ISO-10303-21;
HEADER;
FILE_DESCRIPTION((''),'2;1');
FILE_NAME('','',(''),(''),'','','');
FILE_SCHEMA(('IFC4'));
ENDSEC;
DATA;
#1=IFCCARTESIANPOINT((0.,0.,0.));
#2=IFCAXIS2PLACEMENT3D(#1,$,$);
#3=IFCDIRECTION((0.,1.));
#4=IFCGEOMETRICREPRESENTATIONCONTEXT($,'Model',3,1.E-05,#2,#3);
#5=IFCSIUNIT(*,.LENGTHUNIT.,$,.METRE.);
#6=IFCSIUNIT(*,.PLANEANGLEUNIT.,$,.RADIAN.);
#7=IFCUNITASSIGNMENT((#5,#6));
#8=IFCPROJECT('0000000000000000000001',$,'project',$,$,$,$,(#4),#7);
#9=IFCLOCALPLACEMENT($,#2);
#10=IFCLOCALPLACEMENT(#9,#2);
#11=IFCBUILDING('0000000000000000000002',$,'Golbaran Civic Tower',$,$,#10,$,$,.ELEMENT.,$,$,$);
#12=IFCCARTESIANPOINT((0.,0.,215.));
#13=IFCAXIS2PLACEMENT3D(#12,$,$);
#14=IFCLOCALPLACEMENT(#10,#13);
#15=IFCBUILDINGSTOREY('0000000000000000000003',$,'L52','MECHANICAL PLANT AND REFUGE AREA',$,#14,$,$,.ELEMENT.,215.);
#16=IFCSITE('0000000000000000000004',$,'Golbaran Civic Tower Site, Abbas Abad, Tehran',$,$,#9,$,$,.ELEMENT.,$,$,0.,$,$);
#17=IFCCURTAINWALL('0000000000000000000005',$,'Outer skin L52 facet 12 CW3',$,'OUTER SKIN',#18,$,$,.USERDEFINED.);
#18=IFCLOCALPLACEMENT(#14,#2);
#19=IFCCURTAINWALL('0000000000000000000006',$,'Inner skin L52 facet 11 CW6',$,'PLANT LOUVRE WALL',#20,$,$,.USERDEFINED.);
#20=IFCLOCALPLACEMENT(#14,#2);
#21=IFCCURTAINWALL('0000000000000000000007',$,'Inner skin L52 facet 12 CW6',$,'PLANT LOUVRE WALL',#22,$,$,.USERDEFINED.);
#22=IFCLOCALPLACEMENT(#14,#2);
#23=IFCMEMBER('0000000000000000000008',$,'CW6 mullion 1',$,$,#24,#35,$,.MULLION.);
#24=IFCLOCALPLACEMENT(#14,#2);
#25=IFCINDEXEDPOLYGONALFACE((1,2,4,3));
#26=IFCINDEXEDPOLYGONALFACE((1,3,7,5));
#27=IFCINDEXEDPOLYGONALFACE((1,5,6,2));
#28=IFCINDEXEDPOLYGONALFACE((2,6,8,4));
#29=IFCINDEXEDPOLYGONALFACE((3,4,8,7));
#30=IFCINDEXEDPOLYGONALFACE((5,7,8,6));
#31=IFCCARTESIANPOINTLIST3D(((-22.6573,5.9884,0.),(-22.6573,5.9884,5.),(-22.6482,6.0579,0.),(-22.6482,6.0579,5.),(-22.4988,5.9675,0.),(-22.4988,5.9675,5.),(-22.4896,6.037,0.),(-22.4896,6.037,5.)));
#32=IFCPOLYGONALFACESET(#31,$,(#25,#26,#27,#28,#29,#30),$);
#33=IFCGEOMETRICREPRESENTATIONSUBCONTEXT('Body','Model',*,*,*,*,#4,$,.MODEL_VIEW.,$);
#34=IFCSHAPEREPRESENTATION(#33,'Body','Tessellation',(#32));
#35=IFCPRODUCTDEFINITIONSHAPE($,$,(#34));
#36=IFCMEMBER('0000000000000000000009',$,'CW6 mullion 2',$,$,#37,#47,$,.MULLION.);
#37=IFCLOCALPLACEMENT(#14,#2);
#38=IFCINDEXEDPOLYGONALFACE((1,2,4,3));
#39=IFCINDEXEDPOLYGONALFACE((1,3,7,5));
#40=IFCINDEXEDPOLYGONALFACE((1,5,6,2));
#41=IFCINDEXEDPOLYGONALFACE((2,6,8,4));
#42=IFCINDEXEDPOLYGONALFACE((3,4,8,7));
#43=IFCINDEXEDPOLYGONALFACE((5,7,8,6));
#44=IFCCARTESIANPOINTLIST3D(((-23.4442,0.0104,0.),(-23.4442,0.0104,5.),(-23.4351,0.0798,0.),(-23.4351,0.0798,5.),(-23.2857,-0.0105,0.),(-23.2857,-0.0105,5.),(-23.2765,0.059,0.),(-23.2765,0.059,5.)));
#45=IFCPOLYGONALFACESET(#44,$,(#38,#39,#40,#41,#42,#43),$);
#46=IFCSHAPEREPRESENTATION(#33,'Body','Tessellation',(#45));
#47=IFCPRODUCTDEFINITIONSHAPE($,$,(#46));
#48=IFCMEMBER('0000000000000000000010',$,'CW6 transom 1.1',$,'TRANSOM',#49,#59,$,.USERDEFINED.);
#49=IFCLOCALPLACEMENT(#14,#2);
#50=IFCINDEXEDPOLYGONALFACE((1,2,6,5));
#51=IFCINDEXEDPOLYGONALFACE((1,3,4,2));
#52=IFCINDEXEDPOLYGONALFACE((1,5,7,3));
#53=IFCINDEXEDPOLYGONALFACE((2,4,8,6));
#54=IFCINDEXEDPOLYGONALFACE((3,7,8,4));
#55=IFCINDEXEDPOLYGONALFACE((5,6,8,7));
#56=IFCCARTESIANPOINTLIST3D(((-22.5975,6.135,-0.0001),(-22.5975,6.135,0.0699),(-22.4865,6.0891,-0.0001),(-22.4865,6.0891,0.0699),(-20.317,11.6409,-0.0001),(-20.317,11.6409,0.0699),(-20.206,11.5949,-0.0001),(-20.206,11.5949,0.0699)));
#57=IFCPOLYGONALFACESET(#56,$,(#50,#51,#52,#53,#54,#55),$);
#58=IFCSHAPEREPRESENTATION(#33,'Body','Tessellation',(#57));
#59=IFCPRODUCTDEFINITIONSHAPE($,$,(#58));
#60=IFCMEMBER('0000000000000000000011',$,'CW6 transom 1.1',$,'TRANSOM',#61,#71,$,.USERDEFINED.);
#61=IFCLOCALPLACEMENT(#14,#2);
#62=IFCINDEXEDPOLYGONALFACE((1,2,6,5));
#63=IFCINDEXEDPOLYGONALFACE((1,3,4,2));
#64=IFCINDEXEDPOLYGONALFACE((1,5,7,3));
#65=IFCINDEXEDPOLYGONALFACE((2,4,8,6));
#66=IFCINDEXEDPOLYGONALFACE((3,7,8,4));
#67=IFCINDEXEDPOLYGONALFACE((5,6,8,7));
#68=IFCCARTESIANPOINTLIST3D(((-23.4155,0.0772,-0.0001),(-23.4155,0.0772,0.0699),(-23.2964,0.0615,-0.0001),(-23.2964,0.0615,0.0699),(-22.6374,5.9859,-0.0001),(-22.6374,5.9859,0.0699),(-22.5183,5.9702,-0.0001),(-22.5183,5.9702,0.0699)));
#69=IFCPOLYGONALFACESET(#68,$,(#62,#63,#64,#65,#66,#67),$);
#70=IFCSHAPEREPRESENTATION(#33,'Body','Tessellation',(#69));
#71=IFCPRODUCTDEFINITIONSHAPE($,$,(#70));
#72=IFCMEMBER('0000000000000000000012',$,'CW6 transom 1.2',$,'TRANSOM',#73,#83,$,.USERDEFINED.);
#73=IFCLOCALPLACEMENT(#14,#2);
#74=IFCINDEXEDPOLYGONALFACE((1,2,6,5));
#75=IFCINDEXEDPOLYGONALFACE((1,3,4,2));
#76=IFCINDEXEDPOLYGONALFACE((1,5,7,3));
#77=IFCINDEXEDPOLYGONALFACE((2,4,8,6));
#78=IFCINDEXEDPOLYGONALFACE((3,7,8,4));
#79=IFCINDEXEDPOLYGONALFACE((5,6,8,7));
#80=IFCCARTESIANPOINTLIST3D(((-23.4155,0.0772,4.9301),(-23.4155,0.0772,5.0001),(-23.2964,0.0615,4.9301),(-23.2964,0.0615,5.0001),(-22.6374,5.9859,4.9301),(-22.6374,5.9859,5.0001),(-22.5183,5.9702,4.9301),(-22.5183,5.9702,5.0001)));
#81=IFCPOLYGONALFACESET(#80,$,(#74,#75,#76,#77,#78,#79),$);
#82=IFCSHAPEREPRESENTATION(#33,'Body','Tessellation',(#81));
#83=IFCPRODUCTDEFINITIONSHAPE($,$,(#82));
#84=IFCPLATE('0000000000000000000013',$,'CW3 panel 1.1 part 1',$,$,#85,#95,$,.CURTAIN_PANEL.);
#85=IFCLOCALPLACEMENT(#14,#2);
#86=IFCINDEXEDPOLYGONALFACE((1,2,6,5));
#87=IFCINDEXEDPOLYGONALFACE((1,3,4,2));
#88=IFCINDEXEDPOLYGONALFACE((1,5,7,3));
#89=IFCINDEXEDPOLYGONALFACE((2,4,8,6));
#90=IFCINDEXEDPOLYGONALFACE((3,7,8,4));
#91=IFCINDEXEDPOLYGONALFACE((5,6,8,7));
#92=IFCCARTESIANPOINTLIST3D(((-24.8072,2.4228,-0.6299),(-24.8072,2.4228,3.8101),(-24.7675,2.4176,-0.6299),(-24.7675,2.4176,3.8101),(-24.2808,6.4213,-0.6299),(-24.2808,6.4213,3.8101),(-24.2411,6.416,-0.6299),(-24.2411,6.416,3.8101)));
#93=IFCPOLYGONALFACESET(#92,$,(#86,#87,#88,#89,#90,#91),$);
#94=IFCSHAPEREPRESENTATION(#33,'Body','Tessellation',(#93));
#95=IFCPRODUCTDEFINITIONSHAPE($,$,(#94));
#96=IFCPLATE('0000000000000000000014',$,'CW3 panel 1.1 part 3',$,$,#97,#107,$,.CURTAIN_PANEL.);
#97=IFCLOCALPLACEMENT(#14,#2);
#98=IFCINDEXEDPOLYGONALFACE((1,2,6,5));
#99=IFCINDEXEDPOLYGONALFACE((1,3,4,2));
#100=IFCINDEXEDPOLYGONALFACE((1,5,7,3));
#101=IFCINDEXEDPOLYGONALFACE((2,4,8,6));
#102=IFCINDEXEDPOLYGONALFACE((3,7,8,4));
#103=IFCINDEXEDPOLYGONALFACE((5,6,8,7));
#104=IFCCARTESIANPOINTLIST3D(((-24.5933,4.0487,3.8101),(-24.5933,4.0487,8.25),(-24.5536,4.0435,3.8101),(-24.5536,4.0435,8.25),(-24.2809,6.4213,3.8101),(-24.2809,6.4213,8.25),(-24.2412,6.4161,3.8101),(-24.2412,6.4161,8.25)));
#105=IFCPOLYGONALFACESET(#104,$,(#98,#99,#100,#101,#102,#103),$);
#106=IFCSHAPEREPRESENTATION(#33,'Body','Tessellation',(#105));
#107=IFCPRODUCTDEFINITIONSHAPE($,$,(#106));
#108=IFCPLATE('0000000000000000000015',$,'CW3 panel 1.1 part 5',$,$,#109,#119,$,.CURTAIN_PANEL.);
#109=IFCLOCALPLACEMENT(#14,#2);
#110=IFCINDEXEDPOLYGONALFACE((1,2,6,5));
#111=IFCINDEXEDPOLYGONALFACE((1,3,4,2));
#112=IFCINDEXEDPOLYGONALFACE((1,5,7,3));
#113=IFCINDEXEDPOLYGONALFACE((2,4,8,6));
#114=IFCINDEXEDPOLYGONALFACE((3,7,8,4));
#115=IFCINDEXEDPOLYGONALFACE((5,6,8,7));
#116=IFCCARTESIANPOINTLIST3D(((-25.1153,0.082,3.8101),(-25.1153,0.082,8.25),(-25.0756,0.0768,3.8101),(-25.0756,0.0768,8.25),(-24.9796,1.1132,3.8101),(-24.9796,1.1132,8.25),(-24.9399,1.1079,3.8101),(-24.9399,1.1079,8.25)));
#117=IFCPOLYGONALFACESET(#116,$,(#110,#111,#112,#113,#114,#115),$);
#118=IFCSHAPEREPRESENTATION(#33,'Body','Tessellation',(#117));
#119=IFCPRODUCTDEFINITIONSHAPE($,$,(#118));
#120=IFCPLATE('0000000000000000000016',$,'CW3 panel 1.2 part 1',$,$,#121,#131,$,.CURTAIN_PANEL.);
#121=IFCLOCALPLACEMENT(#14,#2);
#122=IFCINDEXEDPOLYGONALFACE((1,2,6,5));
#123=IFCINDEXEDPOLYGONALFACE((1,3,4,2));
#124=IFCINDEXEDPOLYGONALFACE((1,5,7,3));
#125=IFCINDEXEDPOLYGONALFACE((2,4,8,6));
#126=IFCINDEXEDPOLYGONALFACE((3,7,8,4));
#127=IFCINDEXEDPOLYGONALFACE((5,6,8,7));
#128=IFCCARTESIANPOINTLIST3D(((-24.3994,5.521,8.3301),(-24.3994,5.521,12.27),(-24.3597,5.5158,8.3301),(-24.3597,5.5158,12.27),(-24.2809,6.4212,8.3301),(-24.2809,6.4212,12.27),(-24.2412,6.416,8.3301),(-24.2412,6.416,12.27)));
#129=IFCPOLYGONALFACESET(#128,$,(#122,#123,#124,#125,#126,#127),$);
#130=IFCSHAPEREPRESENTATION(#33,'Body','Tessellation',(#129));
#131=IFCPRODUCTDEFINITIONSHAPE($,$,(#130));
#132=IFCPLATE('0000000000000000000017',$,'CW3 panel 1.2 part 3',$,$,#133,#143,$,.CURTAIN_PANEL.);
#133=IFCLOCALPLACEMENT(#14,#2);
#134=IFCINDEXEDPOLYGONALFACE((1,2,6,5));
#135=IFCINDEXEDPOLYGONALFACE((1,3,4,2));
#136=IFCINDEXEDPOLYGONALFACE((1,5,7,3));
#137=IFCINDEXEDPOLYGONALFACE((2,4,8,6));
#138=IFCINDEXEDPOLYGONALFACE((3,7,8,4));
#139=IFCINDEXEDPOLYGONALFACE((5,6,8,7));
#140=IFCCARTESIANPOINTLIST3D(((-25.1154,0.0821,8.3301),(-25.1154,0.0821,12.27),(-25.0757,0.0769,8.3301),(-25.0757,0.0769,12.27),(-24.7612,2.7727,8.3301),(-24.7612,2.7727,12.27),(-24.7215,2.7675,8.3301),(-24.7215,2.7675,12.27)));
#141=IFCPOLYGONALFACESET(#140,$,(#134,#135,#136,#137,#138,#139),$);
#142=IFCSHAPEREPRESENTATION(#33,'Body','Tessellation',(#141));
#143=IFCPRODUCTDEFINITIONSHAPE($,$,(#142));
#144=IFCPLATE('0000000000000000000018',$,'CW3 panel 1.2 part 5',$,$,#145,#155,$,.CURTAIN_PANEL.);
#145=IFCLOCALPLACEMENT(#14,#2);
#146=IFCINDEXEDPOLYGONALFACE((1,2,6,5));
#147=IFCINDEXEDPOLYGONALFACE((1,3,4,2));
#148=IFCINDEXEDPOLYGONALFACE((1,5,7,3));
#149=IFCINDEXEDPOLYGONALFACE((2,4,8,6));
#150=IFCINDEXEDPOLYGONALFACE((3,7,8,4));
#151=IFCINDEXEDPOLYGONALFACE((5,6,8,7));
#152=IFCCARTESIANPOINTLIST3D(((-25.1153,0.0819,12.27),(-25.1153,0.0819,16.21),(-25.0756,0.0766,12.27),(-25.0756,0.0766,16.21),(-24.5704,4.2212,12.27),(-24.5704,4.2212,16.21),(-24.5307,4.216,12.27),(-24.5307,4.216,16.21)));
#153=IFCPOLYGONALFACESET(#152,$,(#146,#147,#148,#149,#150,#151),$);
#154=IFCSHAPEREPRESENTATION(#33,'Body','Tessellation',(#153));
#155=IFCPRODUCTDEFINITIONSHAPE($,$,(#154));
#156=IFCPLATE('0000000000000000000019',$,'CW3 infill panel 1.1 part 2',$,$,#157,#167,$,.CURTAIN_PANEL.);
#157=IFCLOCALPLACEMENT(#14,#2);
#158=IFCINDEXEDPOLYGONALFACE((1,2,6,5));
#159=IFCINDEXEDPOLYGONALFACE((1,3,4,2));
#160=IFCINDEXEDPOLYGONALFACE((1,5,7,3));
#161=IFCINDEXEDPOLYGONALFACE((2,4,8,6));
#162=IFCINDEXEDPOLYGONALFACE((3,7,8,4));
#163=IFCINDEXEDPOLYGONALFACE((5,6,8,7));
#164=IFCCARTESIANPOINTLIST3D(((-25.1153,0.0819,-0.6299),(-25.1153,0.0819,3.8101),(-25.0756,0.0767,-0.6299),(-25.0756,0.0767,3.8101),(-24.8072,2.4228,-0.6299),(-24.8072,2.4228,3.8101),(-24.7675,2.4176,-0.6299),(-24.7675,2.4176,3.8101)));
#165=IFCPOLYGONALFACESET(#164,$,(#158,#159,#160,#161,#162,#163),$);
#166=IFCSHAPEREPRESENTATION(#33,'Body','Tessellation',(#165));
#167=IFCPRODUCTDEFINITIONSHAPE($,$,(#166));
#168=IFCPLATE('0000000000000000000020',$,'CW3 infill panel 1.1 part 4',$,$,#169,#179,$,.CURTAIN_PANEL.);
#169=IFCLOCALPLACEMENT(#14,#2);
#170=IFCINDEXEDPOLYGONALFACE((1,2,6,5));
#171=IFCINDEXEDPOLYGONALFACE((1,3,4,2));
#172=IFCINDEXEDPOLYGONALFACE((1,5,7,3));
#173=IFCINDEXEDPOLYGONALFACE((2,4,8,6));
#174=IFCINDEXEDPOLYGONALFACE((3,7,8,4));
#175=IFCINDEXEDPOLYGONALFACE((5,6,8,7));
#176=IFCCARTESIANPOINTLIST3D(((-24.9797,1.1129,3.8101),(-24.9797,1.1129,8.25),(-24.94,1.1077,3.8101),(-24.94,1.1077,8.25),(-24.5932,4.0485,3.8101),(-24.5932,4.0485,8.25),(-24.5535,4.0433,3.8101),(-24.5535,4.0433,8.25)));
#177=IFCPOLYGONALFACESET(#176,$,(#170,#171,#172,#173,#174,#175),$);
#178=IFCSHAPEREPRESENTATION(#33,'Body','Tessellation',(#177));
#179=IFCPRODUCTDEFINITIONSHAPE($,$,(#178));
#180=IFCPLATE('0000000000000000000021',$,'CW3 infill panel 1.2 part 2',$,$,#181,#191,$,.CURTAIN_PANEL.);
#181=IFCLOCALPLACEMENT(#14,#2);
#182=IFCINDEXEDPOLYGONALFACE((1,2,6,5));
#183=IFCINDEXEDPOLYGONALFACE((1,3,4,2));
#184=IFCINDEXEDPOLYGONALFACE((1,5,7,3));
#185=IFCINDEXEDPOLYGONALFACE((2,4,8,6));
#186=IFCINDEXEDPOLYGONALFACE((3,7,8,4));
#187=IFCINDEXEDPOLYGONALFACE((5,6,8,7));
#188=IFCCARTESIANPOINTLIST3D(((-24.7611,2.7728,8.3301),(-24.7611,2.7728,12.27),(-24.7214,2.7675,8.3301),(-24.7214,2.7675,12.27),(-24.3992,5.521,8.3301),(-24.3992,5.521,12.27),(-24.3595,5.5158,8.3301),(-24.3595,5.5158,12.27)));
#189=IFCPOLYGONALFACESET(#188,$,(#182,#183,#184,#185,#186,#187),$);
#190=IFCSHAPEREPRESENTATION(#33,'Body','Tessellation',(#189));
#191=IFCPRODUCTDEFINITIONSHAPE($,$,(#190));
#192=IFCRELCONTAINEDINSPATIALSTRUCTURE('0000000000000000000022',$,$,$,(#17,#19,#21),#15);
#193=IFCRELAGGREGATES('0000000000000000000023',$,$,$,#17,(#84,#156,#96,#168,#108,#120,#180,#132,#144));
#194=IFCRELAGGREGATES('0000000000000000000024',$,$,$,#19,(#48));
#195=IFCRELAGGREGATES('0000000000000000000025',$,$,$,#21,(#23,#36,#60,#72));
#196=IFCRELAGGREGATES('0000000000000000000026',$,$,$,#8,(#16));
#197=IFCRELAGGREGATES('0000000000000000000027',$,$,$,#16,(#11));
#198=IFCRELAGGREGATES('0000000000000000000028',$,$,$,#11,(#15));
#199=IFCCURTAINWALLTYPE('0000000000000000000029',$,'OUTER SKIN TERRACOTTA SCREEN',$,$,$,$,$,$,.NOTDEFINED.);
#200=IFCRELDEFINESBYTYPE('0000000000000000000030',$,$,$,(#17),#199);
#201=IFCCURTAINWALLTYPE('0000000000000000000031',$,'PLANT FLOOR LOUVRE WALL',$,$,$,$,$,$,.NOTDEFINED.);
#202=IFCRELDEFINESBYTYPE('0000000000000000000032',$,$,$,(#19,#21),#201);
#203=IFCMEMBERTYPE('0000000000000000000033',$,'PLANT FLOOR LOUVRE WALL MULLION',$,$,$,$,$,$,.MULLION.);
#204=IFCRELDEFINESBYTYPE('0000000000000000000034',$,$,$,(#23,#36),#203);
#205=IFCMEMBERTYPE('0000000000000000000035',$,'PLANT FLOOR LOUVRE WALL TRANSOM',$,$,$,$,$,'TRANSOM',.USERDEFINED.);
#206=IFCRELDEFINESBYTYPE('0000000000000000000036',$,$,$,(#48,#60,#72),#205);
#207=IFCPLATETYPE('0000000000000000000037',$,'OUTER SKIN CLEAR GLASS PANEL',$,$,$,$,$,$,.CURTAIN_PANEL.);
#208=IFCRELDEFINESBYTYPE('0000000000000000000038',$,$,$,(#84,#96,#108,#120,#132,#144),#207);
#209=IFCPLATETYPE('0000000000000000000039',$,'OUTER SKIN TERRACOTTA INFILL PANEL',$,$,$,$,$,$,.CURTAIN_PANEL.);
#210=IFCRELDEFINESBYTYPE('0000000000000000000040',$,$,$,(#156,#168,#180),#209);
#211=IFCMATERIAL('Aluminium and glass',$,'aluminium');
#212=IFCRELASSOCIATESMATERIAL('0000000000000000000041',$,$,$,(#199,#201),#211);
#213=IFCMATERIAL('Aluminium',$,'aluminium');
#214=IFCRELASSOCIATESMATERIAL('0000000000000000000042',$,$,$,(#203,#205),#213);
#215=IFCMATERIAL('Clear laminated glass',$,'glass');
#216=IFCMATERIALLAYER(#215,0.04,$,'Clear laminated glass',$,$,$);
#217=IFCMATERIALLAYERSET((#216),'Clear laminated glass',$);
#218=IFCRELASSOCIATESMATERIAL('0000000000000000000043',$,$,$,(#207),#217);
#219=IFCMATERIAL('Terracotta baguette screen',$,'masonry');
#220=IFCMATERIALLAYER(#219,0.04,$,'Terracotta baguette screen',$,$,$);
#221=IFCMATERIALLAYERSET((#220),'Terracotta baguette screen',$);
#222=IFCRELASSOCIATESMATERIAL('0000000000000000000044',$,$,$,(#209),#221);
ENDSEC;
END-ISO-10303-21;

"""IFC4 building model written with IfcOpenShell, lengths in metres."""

from ifc_helpers import new_model, si_unit, direction, frame, origin, origin_2d, place, context, subcontext, project, spatial, rectangle, extrude, material, layer, layer_set, material_profile, profile_set, type_object, element, aggregate, save


model = new_model("IFC4")

# Units and contexts
model_context = context("Model", 3, precision=1e-05, world=origin(), true_north=direction((0.0, 1.0)))
body_context = subcontext(model_context, "Body", "Model", "MODEL_VIEW")
ifc_project = project(units=[si_unit("LENGTHUNIT", "METRE"), si_unit("PLANEANGLEUNIT", "RADIAN")], contexts=[model_context])

# Site, building, storey
site_placement = place(None, origin())
site = spatial("IfcSite", under=ifc_project, at=site_placement, Name="Golbaran Civic Tower Site, Abbas Abad, Tehran", CompositionType="ELEMENT", RefElevation=0.0)
building_placement = place(site_placement, origin())
building = spatial("IfcBuilding", under=site, at=building_placement, Name="Golbaran Civic Tower", CompositionType="ELEMENT")
storey_placement = place(building_placement, frame((0.0, 0.0, 215.0)))
storey = spatial("IfcBuildingStorey", under=building, at=storey_placement, Name="L52", Description="MECHANICAL PLANT AND REFUGE AREA", CompositionType="ELEMENT", Elevation=215.0)

# Shared definitions
ifc_material_1 = material(Name="Aluminium and glass", Category="aluminium")
curtain_wall_type_1 = type_object("IfcCurtainWallType", Name="OUTER SKIN TERRACOTTA SCREEN", PredefinedType="NOTDEFINED", material=ifc_material_1)
ifc_material_2 = material(Name="Aluminium", Category="aluminium")

# Curtain wall
curtain_wall_1_placement = place(storey_placement, origin())
curtain_wall_1 = element("IfcCurtainWall", 1, at=curtain_wall_1_placement, inside=storey, type_object=curtain_wall_type_1, Name="Outer skin L52 facet 12 CW3", ObjectType="OUTER SKIN", PredefinedType="USERDEFINED")

# Curtain wall
curtain_wall_type_2 = type_object("IfcCurtainWallType", Name="PLANT FLOOR LOUVRE WALL", PredefinedType="NOTDEFINED", material=ifc_material_1)
curtain_wall_2_placement = place(storey_placement, origin())
curtain_wall_2 = element("IfcCurtainWall", 2, at=curtain_wall_2_placement, inside=storey, type_object=curtain_wall_type_2, Name="Inner skin L52 facet 11 CW6", ObjectType="PLANT LOUVRE WALL", PredefinedType="USERDEFINED")
ifc_material_profile_1 = material_profile(ifc_material_2, rectangle(XDim=0.1599, YDim=0.0701, at=origin_2d()), Name="PLANT FLOOR LOUVRE WALL MULLION")
ifc_profile_set_1 = profile_set([ifc_material_profile_1], Name="Aluminium")
member_type_1 = type_object("IfcMemberType", Name="PLANT FLOOR LOUVRE WALL MULLION", PredefinedType="MULLION", material=ifc_profile_set_1)

# Curtain wall, members
curtain_wall_3_placement = place(storey_placement, origin())
curtain_wall_3 = element("IfcCurtainWall", 3, at=curtain_wall_3_placement, inside=storey, type_object=curtain_wall_type_2, Name="Inner skin L52 facet 12 CW6", ObjectType="PLANT LOUVRE WALL", PredefinedType="USERDEFINED")
member_1_placement = place(storey_placement, frame((-22.5735, 6.0127, 0.0), z_axis=(0.0, 0.0, 1.0), x_axis=(0.991445, -0.130526, 0.0)))
member_1 = element("IfcMember", 4, at=member_1_placement, type_object=member_type_1, Name="CW6 mullion 1", PredefinedType="MULLION", context=body_context, shape_type="SweptSolid", body=[
    extrude(rectangle(XDim=0.1599, YDim=0.0701, at=origin_2d()), origin(), (0.0, 0.0, 1.0), 5.0),
])
member_2_placement = place(storey_placement, frame((-23.3604, 0.0347, 0.0), z_axis=(0.0, 0.0, 1.0), x_axis=(0.991445, -0.130526, 0.0)))
member_2 = element("IfcMember", 5, at=member_2_placement, type_object=member_type_1, Name="CW6 mullion 2", PredefinedType="MULLION", context=body_context, shape_type="SweptSolid", body=[
    extrude(rectangle(XDim=0.1599, YDim=0.0701, at=origin_2d()), origin(), (0.0, 0.0, 1.0), 5.0),
])

# Members
ifc_material_profile_2 = material_profile(ifc_material_2, rectangle(XDim=0.1201, YDim=0.0701, at=origin_2d()), Name="PLANT FLOOR LOUVRE WALL TRANSOM")
ifc_profile_set_2 = profile_set([ifc_material_profile_2], Name="Aluminium")
member_type_2 = type_object("IfcMemberType", Name="PLANT FLOOR LOUVRE WALL TRANSOM", ElementType="TRANSOM", PredefinedType="USERDEFINED", material=ifc_profile_set_2)
member_3_placement = place(storey_placement, frame((-20.2615, 11.6179, 0.0349), z_axis=(-0.382671, -0.923885, 0.0), x_axis=(0.923885, -0.382671, 0.0)))
member_3 = element("IfcMember", 6, at=member_3_placement, type_object=member_type_2, Name="CW6 transom 1.1", ObjectType="TRANSOM", PredefinedType="USERDEFINED", context=body_context, shape_type="SweptSolid", body=[
    extrude(rectangle(XDim=0.1201, YDim=0.0701, at=origin_2d()), origin(), (0.0, 0.0, 1.0), 5.9595),
])
member_4_placement = place(storey_placement, frame((-22.5779, 5.978, 0.0349), z_axis=(-0.130556, -0.991441, 0.0), x_axis=(0.991441, -0.130556, 0.0)))
member_4 = element("IfcMember", 7, at=member_4_placement, type_object=member_type_2, Name="CW6 transom 1.1", ObjectType="TRANSOM", PredefinedType="USERDEFINED", context=body_context, shape_type="SweptSolid", body=[
    extrude(rectangle(XDim=0.1201, YDim=0.0701, at=origin_2d()), origin(), (0.0, 0.0, 1.0), 5.9597),
])
member_5_placement = place(storey_placement, frame((-22.5779, 5.978, 4.9651), z_axis=(-0.130556, -0.991441, 0.0), x_axis=(0.991441, -0.130556, 0.0)))
member_5 = element("IfcMember", 8, at=member_5_placement, type_object=member_type_2, Name="CW6 transom 1.2", ObjectType="TRANSOM", PredefinedType="USERDEFINED", context=body_context, shape_type="SweptSolid", body=[
    extrude(rectangle(XDim=0.1201, YDim=0.0701, at=origin_2d()), origin(), (0.0, 0.0, 1.0), 5.9597),
])

# Plates
ifc_material_3 = material(Name="Clear laminated glass", Category="glass")
ifc_layer_1 = layer(ifc_material_3, 0.04, Name="Clear laminated glass")
ifc_layer_set_1 = layer_set([ifc_layer_1], Name="Clear laminated glass")
plate_type_1 = type_object("IfcPlateType", Name="OUTER SKIN CLEAR GLASS PANEL", PredefinedType="CURTAIN_PANEL", material=ifc_layer_set_1)
plate_1_placement = place(storey_placement, frame((-24.5242, 4.4194, -0.6299), z_axis=(0.0, 0.0, 1.0), x_axis=(-0.130526, -0.991445, 0.0)))
plate_1 = element("IfcPlate", 9, at=plate_1_placement, type_object=plate_type_1, Name="CW3 panel 1.1 part 1", PredefinedType="CURTAIN_PANEL", context=body_context, shape_type="SweptSolid", body=[
    extrude(rectangle(XDim=4.033, YDim=0.04, at=origin_2d()), origin(), (0.0, 0.0, 1.0), 4.4399),
])
plate_2_placement = place(storey_placement, frame((-24.4172, 5.2324, 3.8101), z_axis=(0.0, 0.0, 1.0), x_axis=(-0.130526, -0.991445, 0.0)))
plate_2 = element("IfcPlate", 10, at=plate_2_placement, type_object=plate_type_1, Name="CW3 panel 1.1 part 3", PredefinedType="CURTAIN_PANEL", context=body_context, shape_type="SweptSolid", body=[
    extrude(rectangle(XDim=2.3931, YDim=0.04, at=origin_2d()), origin(), (0.0, 0.0, 1.0), 4.4399),
])
plate_3_placement = place(storey_placement, frame((-25.0276, 0.595, 3.8101), z_axis=(0.0, 0.0, 1.0), x_axis=(-0.130526, -0.991445, 0.0)))
plate_3 = element("IfcPlate", 11, at=plate_3_placement, type_object=plate_type_1, Name="CW3 panel 1.1 part 5", PredefinedType="CURTAIN_PANEL", context=body_context, shape_type="SweptSolid", body=[
    extrude(rectangle(XDim=1.04, YDim=0.04, at=origin_2d()), origin(), (0.0, 0.0, 1.0), 4.4399),
])
plate_4_placement = place(storey_placement, frame((-24.3203, 5.9685, 8.3301), z_axis=(0.0, 0.0, 1.0), x_axis=(-0.130526, -0.991445, 0.0)))
plate_4 = element("IfcPlate", 12, at=plate_4_placement, type_object=plate_type_1, Name="CW3 panel 1.2 part 1", PredefinedType="CURTAIN_PANEL", context=body_context, shape_type="SweptSolid", body=[
    extrude(rectangle(XDim=0.908, YDim=0.04, at=origin_2d()), origin(), (0.0, 0.0, 1.0), 3.9399),
])
plate_5_placement = place(storey_placement, frame((-24.9185, 1.4248, 8.3301), z_axis=(0.0, 0.0, 1.0), x_axis=(-0.130526, -0.991445, 0.0)))
plate_5 = element("IfcPlate", 13, at=plate_5_placement, type_object=plate_type_1, Name="CW3 panel 1.2 part 3", PredefinedType="CURTAIN_PANEL", context=body_context, shape_type="SweptSolid", body=[
    extrude(rectangle(XDim=2.7139, YDim=0.04, at=origin_2d()), origin(), (0.0, 0.0, 1.0), 3.9399),
])
plate_6_placement = place(storey_placement, frame((-24.823, 2.1489, 12.27), z_axis=(0.0, 0.0, 1.0), x_axis=(-0.130526, -0.991445, 0.0)))
plate_6 = element("IfcPlate", 14, at=plate_6_placement, type_object=plate_type_1, Name="CW3 panel 1.2 part 5", PredefinedType="CURTAIN_PANEL", context=body_context, shape_type="SweptSolid", body=[
    extrude(rectangle(XDim=4.175, YDim=0.04, at=origin_2d()), origin(), (0.0, 0.0, 1.0), 3.9399),
])
ifc_material_4 = material(Name="Terracotta baguette screen", Category="masonry")
ifc_layer_2 = layer(ifc_material_4, 0.04, Name="Terracotta baguette screen")
ifc_layer_set_2 = layer_set([ifc_layer_2], Name="Terracotta baguette screen")
plate_type_2 = type_object("IfcPlateType", Name="OUTER SKIN TERRACOTTA INFILL PANEL", PredefinedType="CURTAIN_PANEL", material=ifc_layer_set_2)
plate_7_placement = place(storey_placement, frame((-24.9414, 1.2498, -0.6299), z_axis=(0.0, 0.0, 1.0), x_axis=(-0.130526, -0.991445, 0.0)))
plate_7 = element("IfcPlate", 15, at=plate_7_placement, type_object=plate_type_2, Name="CW3 infill panel 1.1 part 2", PredefinedType="CURTAIN_PANEL", context=body_context, shape_type="SweptSolid", body=[
    extrude(rectangle(XDim=2.3611, YDim=0.04, at=origin_2d()), origin(), (0.0, 0.0, 1.0), 4.4399),
])
plate_8_placement = place(storey_placement, frame((-24.7666, 2.5781, 3.8101), z_axis=(0.0, 0.0, 1.0), x_axis=(-0.130526, -0.991445, 0.0)))
plate_8 = element("IfcPlate", 16, at=plate_8_placement, type_object=plate_type_2, Name="CW3 infill panel 1.1 part 4", PredefinedType="CURTAIN_PANEL", context=body_context, shape_type="SweptSolid", body=[
    extrude(rectangle(XDim=2.9609, YDim=0.04, at=origin_2d()), origin(), (0.0, 0.0, 1.0), 4.4399),
])
plate_9_placement = place(storey_placement, frame((-24.5603, 4.1443, 8.3301), z_axis=(0.0, 0.0, 1.0), x_axis=(-0.130526, -0.991445, 0.0)))
plate_9 = element("IfcPlate", 17, at=plate_9_placement, type_object=plate_type_2, Name="CW3 infill panel 1.2 part 2", PredefinedType="CURTAIN_PANEL", context=body_context, shape_type="SweptSolid", body=[
    extrude(rectangle(XDim=2.772, YDim=0.04, at=origin_2d()), origin(), (0.0, 0.0, 1.0), 3.9399),
])
aggregate(curtain_wall_1, [plate_1, plate_7, plate_2, plate_8, plate_3, plate_4, plate_9, plate_5, plate_6])
aggregate(curtain_wall_2, [member_3])
aggregate(curtain_wall_3, [member_1, member_2, member_4, member_5])

save(model, "model.ifc")
